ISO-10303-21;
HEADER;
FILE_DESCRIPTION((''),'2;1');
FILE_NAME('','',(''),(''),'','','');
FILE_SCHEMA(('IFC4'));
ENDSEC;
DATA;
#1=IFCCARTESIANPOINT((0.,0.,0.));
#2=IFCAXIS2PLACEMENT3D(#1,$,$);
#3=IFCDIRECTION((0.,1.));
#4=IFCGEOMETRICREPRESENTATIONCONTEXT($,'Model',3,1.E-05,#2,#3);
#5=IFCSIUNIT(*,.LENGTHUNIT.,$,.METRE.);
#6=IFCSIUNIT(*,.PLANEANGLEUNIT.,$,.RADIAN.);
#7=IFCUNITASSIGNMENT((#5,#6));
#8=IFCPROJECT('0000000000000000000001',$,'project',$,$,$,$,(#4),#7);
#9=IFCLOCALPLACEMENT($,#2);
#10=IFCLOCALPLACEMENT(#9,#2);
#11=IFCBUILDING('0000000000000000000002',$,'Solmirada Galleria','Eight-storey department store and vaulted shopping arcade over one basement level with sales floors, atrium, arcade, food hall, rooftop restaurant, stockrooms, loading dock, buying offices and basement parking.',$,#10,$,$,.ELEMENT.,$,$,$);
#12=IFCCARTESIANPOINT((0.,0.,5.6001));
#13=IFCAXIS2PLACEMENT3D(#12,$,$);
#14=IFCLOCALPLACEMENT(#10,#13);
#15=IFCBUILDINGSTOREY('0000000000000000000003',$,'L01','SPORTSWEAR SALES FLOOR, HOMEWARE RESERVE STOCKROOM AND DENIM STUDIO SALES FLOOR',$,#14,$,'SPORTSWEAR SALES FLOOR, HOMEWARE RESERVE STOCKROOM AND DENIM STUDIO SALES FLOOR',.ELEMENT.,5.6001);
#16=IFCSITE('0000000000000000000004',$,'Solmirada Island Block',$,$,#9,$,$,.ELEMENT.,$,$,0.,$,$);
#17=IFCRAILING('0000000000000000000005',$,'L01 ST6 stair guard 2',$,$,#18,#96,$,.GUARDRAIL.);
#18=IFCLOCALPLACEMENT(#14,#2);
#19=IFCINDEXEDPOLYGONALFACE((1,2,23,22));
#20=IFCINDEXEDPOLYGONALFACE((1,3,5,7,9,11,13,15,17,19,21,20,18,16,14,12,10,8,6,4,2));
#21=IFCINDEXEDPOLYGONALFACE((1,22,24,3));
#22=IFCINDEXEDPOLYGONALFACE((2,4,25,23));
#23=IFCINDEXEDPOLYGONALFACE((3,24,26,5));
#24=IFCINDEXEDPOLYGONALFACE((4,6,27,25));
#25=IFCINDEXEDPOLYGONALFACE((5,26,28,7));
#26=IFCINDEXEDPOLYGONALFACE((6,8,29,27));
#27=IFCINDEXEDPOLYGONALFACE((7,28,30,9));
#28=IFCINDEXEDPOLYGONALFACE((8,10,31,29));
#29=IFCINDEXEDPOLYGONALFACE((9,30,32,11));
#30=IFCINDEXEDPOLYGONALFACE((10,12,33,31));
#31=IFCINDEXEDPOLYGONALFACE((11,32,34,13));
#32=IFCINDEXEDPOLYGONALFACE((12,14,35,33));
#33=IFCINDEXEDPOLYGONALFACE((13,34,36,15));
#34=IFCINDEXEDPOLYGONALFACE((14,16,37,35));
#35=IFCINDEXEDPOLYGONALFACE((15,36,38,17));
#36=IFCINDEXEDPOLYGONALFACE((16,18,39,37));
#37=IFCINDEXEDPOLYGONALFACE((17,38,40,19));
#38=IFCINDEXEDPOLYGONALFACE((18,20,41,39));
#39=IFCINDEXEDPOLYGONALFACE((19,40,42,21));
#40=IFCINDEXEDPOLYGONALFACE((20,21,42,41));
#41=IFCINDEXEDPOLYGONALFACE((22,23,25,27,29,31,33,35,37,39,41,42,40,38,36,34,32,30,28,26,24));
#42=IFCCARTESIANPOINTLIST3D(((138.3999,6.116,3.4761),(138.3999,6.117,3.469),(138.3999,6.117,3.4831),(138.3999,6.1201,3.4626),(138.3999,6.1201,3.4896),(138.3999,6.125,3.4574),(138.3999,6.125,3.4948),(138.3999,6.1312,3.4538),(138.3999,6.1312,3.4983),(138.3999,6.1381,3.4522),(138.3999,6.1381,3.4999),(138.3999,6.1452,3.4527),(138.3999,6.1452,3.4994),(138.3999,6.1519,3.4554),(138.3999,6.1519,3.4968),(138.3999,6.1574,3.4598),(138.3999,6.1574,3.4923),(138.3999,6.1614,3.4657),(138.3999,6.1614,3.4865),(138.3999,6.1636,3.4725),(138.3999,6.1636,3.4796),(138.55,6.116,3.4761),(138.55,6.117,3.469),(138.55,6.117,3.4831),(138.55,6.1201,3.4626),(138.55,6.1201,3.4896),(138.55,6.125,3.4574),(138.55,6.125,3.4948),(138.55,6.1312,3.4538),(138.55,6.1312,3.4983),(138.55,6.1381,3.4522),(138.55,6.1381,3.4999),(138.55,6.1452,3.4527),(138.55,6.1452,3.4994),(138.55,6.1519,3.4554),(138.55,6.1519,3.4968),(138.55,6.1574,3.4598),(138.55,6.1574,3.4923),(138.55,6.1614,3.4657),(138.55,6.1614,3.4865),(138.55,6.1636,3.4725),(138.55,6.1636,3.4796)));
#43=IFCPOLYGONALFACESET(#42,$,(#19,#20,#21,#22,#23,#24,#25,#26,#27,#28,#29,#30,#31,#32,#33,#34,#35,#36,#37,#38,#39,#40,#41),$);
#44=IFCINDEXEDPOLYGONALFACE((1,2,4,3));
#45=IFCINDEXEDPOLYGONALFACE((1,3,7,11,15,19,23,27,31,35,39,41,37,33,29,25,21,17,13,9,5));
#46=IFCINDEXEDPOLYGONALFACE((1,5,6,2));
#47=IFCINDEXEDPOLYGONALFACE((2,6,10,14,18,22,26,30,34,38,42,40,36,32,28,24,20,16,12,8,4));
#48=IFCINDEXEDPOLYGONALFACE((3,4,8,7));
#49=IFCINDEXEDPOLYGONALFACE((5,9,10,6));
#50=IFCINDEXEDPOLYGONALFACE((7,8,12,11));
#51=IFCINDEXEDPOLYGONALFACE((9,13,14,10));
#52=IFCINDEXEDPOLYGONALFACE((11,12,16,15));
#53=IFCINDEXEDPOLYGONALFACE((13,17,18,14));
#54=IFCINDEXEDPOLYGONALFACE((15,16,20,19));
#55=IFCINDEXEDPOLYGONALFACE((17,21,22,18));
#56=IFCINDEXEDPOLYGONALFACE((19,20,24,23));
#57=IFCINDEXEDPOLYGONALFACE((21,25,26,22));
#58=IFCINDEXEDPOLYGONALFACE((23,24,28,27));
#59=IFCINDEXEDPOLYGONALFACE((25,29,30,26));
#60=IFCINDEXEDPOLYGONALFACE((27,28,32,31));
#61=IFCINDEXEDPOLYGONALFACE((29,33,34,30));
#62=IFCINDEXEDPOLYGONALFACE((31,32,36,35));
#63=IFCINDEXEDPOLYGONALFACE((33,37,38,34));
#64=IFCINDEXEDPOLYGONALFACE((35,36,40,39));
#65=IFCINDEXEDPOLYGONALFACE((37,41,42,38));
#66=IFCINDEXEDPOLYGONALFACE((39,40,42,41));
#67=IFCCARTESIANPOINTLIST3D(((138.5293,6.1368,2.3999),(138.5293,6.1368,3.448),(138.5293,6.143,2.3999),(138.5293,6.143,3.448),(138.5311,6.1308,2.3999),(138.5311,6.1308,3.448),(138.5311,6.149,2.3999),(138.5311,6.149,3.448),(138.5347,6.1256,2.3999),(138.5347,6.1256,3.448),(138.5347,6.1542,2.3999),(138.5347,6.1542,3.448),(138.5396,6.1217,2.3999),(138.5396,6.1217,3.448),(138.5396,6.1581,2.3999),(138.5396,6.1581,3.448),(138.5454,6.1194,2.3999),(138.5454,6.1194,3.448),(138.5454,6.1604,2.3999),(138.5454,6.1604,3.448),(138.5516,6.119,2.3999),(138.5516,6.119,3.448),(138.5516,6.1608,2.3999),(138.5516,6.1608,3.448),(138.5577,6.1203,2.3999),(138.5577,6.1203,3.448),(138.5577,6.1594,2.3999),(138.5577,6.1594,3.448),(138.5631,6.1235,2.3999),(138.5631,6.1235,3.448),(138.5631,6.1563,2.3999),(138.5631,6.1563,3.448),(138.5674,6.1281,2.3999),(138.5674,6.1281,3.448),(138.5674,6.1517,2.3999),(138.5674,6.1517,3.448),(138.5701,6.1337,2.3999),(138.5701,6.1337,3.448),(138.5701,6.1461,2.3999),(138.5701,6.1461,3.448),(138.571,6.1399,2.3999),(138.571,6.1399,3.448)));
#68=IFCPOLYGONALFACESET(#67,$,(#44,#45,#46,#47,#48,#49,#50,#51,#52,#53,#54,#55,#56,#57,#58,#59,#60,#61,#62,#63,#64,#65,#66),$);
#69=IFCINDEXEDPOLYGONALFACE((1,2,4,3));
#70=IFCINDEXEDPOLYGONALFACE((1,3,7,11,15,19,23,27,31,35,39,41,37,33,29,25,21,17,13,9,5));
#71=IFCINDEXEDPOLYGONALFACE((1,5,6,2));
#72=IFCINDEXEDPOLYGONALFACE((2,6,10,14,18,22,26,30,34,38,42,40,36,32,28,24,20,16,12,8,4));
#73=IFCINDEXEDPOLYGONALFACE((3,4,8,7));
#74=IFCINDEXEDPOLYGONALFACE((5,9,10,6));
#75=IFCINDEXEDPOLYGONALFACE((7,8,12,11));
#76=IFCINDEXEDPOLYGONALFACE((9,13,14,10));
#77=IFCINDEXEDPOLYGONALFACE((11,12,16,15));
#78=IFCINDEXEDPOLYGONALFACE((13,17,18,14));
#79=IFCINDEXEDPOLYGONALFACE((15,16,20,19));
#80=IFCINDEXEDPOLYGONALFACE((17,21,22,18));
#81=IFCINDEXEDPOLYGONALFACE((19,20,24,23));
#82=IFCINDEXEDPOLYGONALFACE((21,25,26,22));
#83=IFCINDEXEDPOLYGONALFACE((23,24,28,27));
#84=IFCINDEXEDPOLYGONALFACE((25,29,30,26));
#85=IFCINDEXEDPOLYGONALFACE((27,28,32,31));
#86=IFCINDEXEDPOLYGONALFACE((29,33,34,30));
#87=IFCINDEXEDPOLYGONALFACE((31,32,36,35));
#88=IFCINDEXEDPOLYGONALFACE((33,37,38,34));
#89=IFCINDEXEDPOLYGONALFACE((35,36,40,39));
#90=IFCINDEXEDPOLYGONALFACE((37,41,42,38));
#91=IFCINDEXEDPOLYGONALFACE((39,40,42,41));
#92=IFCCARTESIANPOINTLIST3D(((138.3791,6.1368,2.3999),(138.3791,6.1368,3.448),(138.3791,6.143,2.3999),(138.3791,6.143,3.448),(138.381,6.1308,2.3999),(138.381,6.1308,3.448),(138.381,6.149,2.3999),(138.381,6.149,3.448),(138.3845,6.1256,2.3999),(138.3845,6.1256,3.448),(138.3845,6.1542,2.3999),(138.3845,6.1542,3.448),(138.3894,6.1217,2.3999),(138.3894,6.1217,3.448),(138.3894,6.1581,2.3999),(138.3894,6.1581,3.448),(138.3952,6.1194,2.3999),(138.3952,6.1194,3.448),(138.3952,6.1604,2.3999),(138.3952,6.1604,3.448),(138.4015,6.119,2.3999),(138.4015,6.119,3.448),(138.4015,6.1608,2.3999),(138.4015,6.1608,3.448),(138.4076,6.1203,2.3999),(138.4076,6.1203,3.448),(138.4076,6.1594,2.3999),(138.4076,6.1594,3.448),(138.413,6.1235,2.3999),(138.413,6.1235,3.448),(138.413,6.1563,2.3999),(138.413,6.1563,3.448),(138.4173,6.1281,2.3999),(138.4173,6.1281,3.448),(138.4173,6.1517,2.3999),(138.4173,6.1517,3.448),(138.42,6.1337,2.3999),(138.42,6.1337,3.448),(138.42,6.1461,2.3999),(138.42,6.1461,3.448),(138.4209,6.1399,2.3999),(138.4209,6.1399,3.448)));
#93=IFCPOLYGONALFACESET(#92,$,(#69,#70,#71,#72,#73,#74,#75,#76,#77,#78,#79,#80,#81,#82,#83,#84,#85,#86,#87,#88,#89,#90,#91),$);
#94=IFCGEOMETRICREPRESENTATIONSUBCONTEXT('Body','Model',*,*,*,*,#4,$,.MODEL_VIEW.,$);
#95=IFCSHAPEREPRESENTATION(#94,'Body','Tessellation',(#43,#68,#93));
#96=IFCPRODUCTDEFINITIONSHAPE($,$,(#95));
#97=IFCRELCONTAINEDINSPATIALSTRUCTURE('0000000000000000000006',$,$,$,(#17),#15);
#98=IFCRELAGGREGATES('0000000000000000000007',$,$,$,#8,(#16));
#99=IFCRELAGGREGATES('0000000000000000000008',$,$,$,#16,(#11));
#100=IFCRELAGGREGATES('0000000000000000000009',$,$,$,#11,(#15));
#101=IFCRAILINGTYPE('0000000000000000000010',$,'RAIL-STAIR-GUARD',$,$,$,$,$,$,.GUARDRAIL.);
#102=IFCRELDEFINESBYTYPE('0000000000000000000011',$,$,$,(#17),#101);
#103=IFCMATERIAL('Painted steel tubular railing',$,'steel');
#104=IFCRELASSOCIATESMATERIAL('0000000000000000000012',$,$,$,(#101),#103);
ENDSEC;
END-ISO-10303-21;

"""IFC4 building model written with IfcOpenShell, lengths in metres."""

from ifc_helpers import new_model, si_unit, direction, frame, origin, origin_2d, place, context, subcontext, project, spatial, circle, extrude, material, type_object, element, save


model = new_model("IFC4")

# Units and contexts
model_context = context("Model", 3, precision=1e-05, world=origin(), true_north=direction((0.0, 1.0)))
body_context = subcontext(model_context, "Body", "Model", "MODEL_VIEW")
ifc_project = project(units=[si_unit("LENGTHUNIT", "METRE"), si_unit("PLANEANGLEUNIT", "RADIAN")], contexts=[model_context])

# Site, building, storey
site_placement = place(None, origin())
site = spatial("IfcSite", under=ifc_project, at=site_placement, Name="Solmirada Island Block", CompositionType="ELEMENT", RefElevation=0.0)
building_placement = place(site_placement, origin())
building = spatial("IfcBuilding", under=site, at=building_placement, Name="Solmirada Galleria", Description="Eight-storey department store and vaulted shopping arcade over one basement level with sales floors, atrium, arcade, food hall, rooftop restaurant, stockrooms, loading dock, buying offices and basement parking.", CompositionType="ELEMENT")
storey_placement = place(building_placement, frame((0.0, 0.0, 5.6001)))
storey = spatial("IfcBuildingStorey", under=building, at=storey_placement, Name="L01", Description="SPORTSWEAR SALES FLOOR, HOMEWARE RESERVE STOCKROOM AND DENIM STUDIO SALES FLOOR", LongName="SPORTSWEAR SALES FLOOR, HOMEWARE RESERVE STOCKROOM AND DENIM STUDIO SALES FLOOR", CompositionType="ELEMENT", Elevation=5.6001)

# Railing
ifc_material_1 = material(Name="Painted steel tubular railing", Category="steel")
railing_type_1 = type_object("IfcRailingType", Name="RAIL-STAIR-GUARD", PredefinedType="GUARDRAIL", material=ifc_material_1)
railing_1_placement = place(storey_placement, frame((138.55, 6.1399, 2.3999)))
element("IfcRailing", 1, at=railing_1_placement, inside=storey, type_object=railing_type_1, Name="L01 ST6 stair guard 2", PredefinedType="GUARDRAIL", context=body_context, shape_type="SweptSolid", body=[
    extrude(circle(Radius=0.0239, at=origin_2d()), frame((0.0, 0.0, 1.0762), z_axis=(-1.0, 0.0, 0.0), x_axis=(0.0, -1.0, 0.0)), (0.0, 0.0, 1.0), 0.1501),
    extrude(circle(Radius=0.021, at=origin_2d()), origin(), (0.0, 0.0, 1.0), 1.0481),
    extrude(circle(Radius=0.021, at=origin_2d()), frame((-0.1501, 0.0, 0.0)), (0.0, 0.0, 1.0), 1.0481),
])

save(model, "model.ifc")
